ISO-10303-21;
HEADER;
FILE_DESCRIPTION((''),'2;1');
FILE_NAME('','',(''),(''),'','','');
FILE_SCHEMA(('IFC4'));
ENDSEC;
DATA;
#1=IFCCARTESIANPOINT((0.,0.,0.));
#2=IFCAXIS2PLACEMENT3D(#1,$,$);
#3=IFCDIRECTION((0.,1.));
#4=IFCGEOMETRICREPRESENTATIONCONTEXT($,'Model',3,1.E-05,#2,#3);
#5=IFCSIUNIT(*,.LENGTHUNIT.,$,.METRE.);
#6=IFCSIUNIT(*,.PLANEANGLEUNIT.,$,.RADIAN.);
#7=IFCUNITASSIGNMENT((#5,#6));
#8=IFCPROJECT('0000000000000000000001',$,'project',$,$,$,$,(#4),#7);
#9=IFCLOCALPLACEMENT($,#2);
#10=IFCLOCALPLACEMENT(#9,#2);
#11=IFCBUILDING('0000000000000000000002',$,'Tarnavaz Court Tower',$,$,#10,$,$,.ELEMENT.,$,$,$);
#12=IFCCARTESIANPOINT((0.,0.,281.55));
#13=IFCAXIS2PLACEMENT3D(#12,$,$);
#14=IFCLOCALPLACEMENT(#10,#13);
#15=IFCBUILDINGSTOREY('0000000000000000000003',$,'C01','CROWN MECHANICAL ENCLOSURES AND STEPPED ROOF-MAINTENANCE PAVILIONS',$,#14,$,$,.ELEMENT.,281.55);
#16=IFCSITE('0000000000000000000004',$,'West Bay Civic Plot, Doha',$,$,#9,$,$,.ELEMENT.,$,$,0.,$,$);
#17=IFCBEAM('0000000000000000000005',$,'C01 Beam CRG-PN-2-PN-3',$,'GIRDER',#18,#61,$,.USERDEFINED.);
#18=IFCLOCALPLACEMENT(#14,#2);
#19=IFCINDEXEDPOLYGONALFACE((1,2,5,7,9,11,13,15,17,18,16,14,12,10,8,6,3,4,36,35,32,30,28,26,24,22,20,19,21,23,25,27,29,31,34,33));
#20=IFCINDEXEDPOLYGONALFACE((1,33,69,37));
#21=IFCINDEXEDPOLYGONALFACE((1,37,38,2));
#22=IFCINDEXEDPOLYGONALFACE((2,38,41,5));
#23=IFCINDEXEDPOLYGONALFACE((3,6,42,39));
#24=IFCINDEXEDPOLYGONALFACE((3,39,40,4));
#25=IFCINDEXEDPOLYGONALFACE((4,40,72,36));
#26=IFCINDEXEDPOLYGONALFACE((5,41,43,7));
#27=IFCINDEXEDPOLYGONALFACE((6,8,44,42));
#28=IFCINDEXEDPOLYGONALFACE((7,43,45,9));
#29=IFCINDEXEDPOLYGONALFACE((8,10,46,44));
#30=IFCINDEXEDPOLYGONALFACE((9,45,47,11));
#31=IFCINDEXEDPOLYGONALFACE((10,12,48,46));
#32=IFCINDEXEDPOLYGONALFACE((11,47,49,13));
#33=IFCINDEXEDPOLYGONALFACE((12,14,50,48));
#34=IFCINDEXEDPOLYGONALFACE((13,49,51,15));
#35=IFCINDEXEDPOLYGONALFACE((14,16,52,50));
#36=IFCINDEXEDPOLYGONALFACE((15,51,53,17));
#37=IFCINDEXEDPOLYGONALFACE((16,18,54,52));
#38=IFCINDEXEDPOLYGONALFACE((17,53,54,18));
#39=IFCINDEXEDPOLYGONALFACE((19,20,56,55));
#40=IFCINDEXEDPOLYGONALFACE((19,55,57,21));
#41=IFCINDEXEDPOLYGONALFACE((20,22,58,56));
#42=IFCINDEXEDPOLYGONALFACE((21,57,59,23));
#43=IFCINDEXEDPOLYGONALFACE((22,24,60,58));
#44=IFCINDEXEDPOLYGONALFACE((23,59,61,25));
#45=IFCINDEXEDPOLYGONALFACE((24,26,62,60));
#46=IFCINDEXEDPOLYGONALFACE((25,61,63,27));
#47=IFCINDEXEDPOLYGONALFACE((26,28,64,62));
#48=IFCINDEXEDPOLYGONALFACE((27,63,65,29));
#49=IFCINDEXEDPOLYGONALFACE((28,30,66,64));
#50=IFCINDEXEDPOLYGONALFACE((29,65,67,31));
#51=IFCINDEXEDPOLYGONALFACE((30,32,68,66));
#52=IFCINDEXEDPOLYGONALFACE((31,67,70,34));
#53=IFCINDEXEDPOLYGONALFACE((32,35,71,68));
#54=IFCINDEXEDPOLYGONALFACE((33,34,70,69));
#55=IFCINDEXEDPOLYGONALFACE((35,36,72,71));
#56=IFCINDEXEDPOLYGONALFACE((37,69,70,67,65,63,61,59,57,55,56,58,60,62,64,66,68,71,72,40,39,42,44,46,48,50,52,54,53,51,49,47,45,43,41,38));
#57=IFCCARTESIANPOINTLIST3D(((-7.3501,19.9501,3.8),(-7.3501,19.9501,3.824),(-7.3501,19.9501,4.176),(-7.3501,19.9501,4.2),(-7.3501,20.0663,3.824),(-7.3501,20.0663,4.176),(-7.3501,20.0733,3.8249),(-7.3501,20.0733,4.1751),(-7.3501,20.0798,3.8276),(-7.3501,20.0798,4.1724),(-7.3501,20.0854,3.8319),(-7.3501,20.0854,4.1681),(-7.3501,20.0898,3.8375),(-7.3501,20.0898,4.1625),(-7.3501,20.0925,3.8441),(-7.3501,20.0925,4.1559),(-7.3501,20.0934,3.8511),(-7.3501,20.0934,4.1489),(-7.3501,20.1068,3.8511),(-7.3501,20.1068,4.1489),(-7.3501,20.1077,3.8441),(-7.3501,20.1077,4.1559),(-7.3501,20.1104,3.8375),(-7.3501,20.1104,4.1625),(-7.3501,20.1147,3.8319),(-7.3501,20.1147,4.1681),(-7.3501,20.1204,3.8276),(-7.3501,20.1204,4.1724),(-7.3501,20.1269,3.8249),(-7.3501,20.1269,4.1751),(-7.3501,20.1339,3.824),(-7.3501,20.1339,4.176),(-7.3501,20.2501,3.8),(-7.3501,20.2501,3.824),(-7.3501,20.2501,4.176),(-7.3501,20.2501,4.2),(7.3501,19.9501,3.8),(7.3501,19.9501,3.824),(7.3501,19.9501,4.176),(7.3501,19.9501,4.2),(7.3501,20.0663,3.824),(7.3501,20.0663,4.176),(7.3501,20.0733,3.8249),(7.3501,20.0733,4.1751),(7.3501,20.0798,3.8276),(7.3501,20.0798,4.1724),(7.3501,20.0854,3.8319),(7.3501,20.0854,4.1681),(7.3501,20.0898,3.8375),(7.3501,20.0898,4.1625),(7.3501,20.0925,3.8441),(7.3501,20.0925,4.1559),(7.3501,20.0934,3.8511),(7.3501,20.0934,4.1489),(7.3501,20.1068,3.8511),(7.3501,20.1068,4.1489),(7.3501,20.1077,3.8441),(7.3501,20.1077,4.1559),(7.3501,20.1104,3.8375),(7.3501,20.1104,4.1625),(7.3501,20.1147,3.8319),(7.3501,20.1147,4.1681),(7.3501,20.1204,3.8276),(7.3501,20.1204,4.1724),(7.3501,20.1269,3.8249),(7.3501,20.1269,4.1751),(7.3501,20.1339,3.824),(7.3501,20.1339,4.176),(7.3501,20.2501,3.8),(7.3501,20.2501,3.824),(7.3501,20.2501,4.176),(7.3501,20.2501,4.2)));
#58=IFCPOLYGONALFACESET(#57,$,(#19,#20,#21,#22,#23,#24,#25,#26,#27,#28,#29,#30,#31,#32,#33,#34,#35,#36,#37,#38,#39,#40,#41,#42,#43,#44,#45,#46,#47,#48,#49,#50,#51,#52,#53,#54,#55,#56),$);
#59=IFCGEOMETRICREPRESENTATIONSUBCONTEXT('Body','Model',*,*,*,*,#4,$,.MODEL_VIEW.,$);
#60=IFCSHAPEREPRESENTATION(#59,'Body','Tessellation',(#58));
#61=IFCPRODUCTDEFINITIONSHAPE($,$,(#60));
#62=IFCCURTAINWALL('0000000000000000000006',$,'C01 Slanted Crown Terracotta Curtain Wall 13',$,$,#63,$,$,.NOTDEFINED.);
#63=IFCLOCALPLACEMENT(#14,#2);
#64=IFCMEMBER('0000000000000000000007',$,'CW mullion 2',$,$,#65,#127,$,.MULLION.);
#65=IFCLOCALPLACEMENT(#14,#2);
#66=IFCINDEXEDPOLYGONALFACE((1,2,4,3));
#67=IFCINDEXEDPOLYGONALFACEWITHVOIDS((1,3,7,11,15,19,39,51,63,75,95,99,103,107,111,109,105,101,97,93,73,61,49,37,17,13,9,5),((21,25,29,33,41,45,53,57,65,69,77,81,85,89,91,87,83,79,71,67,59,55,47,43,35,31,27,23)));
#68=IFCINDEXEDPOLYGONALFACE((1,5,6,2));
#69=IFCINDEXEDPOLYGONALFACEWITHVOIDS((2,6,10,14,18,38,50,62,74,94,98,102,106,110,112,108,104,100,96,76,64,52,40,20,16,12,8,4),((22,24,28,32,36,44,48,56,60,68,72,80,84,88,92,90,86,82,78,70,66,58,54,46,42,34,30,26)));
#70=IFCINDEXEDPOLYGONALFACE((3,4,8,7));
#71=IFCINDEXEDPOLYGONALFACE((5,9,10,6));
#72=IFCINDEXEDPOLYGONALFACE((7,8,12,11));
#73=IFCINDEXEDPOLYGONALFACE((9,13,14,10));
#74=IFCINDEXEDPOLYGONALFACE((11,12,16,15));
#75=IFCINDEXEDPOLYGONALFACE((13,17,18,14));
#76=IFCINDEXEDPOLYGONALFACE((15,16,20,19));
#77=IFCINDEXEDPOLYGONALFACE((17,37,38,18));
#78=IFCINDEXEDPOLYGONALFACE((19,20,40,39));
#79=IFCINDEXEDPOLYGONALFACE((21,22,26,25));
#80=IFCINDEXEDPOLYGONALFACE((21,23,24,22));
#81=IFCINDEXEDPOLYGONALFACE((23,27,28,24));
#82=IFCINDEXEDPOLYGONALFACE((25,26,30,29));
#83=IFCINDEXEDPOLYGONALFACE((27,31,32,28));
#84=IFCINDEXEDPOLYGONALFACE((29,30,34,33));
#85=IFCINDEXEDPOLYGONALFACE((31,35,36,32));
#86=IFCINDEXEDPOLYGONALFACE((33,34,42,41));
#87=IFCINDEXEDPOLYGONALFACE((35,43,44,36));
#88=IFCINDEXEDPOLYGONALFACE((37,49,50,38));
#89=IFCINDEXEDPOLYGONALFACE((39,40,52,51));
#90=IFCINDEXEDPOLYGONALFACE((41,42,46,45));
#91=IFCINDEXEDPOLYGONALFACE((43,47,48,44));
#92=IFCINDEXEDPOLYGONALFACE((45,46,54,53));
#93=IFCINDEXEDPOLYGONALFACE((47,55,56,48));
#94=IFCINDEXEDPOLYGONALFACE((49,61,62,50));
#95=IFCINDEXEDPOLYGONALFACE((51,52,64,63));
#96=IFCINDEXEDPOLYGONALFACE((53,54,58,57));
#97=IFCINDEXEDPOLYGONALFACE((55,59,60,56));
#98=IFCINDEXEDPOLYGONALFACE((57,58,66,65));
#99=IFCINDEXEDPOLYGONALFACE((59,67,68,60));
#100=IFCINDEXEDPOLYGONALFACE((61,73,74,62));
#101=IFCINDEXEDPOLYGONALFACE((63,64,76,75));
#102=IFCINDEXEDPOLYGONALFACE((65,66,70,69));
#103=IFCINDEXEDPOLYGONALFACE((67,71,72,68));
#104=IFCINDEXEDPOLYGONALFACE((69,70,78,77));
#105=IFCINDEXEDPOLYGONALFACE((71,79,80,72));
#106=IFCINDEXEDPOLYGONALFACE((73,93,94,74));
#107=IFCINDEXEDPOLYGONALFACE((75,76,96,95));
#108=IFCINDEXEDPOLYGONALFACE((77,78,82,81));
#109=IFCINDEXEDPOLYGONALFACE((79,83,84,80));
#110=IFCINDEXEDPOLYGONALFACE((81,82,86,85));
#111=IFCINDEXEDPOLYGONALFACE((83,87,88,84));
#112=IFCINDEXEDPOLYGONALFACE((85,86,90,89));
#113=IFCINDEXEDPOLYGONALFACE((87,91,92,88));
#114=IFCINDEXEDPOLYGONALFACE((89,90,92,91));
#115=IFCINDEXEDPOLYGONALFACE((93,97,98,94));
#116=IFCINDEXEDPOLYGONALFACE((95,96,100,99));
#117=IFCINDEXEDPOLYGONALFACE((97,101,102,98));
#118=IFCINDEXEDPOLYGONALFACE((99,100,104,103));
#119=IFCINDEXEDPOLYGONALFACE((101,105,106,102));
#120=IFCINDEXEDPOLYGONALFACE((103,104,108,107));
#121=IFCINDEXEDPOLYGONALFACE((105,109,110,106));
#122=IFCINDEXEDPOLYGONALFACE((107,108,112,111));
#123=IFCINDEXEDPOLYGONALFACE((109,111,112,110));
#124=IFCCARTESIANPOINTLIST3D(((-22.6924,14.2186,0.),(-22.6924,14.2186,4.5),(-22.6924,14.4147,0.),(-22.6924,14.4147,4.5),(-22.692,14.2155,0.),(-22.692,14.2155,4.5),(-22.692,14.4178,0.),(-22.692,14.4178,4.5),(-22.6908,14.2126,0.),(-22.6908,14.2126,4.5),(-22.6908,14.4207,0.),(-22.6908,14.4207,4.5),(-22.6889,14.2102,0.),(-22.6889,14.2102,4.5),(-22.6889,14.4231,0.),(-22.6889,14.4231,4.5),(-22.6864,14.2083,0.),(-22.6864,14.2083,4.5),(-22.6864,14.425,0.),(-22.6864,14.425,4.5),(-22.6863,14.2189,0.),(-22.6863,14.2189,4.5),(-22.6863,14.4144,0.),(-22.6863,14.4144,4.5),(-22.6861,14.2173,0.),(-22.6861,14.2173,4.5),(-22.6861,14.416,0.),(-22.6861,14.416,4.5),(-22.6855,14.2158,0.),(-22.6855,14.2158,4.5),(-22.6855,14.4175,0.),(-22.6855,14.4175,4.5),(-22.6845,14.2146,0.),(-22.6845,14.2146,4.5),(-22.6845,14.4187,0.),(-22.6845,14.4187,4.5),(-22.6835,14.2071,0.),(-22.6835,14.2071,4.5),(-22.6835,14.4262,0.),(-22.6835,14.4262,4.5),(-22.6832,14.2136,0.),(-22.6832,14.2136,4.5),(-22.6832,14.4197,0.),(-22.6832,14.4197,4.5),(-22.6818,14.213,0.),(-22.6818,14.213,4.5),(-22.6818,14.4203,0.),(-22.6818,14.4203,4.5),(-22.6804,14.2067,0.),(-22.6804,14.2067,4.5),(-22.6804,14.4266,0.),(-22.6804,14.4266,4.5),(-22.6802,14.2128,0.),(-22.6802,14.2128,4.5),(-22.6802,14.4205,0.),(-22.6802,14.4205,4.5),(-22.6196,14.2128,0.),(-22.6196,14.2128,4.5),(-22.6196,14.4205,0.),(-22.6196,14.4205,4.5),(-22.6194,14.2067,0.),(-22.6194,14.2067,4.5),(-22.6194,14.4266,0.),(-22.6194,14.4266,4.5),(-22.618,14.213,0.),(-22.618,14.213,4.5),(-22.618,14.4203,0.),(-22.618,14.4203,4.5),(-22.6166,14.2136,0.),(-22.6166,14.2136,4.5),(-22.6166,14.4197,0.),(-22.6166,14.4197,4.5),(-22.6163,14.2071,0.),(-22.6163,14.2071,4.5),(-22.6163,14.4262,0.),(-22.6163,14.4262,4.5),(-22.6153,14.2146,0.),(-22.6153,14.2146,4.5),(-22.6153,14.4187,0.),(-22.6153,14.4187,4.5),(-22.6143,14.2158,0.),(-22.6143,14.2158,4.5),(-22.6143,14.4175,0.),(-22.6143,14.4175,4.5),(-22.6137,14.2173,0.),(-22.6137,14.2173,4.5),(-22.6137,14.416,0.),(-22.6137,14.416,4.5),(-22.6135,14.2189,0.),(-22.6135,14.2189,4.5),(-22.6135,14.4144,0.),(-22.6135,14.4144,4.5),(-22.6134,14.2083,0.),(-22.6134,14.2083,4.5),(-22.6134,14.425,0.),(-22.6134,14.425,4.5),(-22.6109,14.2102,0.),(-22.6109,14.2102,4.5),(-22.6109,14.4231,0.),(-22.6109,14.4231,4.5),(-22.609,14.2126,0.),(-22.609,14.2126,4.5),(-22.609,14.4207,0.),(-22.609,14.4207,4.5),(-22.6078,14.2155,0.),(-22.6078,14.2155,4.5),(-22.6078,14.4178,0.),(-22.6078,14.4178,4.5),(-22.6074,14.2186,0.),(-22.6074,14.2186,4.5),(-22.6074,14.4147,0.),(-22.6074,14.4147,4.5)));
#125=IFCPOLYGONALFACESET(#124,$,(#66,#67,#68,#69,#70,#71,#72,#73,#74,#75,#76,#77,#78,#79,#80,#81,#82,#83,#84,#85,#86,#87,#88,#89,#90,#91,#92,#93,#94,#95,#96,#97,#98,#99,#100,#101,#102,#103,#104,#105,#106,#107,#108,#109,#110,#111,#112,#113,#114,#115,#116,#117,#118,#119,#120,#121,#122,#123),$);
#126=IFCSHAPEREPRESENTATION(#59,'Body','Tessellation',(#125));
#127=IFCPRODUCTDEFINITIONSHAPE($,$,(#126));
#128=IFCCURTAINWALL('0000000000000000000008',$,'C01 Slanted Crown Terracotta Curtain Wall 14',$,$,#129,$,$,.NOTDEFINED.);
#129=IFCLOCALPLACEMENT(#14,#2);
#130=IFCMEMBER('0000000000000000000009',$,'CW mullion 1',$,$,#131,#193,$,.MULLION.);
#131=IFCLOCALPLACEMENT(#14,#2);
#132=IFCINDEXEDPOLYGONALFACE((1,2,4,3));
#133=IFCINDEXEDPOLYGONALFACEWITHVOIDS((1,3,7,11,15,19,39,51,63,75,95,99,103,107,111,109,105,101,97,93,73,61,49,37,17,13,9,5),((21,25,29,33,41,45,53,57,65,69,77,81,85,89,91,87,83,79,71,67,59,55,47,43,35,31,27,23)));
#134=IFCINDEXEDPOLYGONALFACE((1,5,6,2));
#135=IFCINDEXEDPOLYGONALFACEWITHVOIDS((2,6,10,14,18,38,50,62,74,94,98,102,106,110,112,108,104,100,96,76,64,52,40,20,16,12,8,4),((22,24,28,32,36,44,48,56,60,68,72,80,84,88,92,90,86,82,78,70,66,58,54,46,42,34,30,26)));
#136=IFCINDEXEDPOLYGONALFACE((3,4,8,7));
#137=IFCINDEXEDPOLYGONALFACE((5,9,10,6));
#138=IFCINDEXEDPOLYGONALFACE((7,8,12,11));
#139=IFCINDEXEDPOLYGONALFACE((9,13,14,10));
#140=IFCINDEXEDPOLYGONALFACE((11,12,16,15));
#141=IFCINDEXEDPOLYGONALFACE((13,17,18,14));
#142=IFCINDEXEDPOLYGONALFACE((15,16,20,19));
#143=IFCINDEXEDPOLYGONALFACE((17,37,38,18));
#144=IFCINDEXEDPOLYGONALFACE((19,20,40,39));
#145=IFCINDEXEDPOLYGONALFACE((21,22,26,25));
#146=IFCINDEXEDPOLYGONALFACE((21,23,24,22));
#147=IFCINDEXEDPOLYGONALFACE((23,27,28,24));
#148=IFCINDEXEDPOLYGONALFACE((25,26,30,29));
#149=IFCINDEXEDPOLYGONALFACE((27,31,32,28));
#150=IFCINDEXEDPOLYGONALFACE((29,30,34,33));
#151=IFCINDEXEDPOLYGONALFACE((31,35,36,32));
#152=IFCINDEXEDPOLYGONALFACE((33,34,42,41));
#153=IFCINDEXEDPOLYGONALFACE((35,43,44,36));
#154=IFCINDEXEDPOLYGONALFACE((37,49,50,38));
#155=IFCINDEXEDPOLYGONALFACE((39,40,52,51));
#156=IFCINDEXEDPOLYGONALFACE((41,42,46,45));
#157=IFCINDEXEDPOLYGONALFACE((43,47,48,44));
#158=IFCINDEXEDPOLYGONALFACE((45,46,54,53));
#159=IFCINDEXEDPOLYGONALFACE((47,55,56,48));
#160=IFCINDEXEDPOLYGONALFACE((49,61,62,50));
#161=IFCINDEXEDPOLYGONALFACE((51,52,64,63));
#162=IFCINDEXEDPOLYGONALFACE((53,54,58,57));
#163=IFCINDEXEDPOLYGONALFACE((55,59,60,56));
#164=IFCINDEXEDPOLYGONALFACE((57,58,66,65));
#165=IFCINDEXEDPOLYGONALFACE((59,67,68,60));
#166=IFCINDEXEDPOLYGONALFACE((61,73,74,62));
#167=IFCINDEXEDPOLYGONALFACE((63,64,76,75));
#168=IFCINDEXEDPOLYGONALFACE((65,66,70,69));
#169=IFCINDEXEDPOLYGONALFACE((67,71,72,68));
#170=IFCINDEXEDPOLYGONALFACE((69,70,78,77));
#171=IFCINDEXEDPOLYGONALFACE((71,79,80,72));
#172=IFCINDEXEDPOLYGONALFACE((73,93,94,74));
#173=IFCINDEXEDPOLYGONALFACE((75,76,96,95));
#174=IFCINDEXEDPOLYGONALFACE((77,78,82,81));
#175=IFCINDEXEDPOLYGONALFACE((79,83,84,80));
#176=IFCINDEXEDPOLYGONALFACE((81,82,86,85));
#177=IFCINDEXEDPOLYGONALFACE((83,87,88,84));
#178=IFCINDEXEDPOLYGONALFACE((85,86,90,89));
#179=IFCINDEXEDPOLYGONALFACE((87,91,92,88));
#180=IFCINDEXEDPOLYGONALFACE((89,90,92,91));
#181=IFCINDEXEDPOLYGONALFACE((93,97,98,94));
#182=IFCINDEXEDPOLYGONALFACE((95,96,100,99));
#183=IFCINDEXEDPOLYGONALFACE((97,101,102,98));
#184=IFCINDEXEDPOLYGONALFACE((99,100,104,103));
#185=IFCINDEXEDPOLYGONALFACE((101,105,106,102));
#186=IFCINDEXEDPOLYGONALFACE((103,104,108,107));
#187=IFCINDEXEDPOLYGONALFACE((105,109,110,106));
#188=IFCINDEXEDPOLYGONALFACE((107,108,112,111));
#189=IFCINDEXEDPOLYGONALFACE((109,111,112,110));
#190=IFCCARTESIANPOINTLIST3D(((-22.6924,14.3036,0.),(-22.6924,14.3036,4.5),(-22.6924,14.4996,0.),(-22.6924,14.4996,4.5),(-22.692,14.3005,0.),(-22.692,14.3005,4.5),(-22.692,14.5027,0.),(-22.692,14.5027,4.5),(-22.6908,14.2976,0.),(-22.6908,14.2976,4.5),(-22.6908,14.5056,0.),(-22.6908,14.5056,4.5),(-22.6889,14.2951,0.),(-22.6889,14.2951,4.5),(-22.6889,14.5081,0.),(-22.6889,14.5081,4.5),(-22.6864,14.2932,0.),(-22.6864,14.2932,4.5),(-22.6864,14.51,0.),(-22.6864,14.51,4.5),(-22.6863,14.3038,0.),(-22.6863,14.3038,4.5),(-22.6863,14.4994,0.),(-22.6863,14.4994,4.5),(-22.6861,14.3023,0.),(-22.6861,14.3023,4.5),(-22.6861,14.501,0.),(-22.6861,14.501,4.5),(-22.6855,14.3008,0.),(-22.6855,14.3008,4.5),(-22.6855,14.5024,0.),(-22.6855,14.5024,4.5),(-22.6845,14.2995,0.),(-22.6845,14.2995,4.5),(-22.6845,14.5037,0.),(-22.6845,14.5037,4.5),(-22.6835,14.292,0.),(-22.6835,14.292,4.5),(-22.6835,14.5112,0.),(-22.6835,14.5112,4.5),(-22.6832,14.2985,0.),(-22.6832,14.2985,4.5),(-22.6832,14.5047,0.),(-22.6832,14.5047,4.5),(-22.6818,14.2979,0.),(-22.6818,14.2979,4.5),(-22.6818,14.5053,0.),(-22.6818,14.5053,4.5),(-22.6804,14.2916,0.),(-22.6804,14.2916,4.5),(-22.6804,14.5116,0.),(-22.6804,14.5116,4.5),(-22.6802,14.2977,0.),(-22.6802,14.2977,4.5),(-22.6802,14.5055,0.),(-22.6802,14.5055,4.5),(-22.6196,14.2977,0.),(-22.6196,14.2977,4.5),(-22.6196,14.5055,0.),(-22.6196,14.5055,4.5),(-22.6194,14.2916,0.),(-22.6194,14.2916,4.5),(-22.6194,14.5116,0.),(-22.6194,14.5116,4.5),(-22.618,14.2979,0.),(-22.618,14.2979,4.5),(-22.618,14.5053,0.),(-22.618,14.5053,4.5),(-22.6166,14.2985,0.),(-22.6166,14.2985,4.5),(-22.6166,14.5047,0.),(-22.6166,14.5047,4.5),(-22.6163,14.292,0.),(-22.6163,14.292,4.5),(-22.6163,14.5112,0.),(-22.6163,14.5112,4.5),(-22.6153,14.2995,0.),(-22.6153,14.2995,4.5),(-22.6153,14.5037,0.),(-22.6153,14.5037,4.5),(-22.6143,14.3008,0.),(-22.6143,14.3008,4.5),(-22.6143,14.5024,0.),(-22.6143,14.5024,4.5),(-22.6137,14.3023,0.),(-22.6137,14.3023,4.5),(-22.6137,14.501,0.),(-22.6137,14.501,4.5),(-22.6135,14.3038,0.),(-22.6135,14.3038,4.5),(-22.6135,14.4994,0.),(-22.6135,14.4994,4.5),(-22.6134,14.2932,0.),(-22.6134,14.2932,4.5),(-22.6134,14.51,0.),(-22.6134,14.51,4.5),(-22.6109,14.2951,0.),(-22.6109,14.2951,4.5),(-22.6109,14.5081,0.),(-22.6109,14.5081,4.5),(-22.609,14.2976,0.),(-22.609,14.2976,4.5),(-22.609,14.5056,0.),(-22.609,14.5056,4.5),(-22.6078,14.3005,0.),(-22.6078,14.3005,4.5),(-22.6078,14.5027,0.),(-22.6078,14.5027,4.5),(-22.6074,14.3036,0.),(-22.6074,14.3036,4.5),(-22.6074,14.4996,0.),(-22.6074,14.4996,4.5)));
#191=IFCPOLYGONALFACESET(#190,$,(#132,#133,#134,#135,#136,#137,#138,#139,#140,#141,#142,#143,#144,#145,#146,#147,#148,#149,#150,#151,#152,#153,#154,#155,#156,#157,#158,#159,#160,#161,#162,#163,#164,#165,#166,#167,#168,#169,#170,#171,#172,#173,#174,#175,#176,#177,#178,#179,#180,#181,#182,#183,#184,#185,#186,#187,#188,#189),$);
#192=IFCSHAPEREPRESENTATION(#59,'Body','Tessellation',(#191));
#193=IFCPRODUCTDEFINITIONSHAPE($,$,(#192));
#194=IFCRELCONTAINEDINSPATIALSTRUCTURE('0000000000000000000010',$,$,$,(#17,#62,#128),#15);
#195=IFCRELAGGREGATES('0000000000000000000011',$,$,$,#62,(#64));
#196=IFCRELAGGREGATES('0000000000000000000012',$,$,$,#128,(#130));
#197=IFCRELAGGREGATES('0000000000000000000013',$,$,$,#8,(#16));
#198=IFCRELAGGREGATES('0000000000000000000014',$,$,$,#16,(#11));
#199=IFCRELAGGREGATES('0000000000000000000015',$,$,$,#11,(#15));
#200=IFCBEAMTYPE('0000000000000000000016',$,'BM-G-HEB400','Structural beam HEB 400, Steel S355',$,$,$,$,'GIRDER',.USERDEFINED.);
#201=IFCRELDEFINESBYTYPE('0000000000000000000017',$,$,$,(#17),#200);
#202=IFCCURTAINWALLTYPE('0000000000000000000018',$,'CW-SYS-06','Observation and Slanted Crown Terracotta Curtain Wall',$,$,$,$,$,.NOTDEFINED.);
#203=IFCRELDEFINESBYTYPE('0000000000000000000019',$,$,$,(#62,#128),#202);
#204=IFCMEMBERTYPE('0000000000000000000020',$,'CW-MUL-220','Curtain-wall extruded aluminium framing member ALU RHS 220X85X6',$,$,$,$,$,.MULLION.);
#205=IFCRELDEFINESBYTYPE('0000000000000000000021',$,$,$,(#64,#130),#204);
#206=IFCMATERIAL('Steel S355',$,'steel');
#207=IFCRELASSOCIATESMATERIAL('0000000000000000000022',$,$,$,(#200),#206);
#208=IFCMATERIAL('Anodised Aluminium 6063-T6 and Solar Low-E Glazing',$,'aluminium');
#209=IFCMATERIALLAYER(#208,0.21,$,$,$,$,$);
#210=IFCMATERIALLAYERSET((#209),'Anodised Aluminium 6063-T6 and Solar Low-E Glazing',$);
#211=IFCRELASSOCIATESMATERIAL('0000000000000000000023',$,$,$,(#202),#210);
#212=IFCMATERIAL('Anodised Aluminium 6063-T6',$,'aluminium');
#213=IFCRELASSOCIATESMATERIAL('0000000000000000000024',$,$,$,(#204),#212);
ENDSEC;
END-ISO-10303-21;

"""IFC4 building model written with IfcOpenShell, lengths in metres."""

from ifc_helpers import new_model, si_unit, direction, frame, origin, origin_2d, place, context, subcontext, project, spatial, hollow_rectangle, i_section, extrude, material, layer, layer_set, material_profile, profile_set, type_object, element, aggregate, save


model = new_model("IFC4")

# Units and contexts
model_context = context("Model", 3, precision=1e-05, world=origin(), true_north=direction((0.0, 1.0)))
body_context = subcontext(model_context, "Body", "Model", "MODEL_VIEW")
ifc_project = project(units=[si_unit("LENGTHUNIT", "METRE"), si_unit("PLANEANGLEUNIT", "RADIAN")], contexts=[model_context])

# Site, building, storey
site_placement = place(None, origin())
site = spatial("IfcSite", under=ifc_project, at=site_placement, Name="West Bay Civic Plot, Doha", CompositionType="ELEMENT", RefElevation=0.0)
building_placement = place(site_placement, origin())
building = spatial("IfcBuilding", under=site, at=building_placement, Name="Tarnavaz Court Tower", CompositionType="ELEMENT")
storey_placement = place(building_placement, frame((0.0, 0.0, 281.55)))
storey = spatial("IfcBuildingStorey", under=building, at=storey_placement, Name="C01", Description="CROWN MECHANICAL ENCLOSURES AND STEPPED ROOF-MAINTENANCE PAVILIONS", CompositionType="ELEMENT", Elevation=281.55)

# Shared definitions
ifc_material_1 = material(Name="Steel S355", Category="steel")

# Beam
ifc_material_profile_1 = material_profile(ifc_material_1, i_section(OverallWidth=0.3, OverallDepth=0.3999, WebThickness=0.0134, FlangeThickness=0.0239, FilletRadius=0.0271, at=origin_2d()), Name="HEB 400")
ifc_profile_set_1 = profile_set([ifc_material_profile_1], Name="Steel S355")
beam_type = type_object("IfcBeamType", Name="BM-G-HEB400", Description="Structural beam HEB 400, Steel S355", ElementType="GIRDER", PredefinedType="USERDEFINED", material=ifc_profile_set_1)
beam_1_placement = place(storey_placement, frame((-7.3501, 20.1001, 4.0), z_axis=(1.0, 0.0, 0.0), x_axis=(0.0, 1.0, 0.0)))
element("IfcBeam", 1, at=beam_1_placement, inside=storey, type_object=beam_type, Name="C01 Beam CRG-PN-2-PN-3", ObjectType="GIRDER", PredefinedType="USERDEFINED", context=body_context, shape_type="SweptSolid", body=[
    extrude(i_section(OverallWidth=0.3, OverallDepth=0.3999, WebThickness=0.0134, FlangeThickness=0.0239, FilletRadius=0.0271, at=origin_2d()), origin(), (0.0, 0.0, 1.0), 14.7002),
])

# Curtain wall, member
ifc_material_2 = material(Name="Anodised Aluminium 6063-T6 and Solar Low-E Glazing", Category="aluminium")
ifc_layer_1 = layer(ifc_material_2, 0.21)
ifc_layer_set_1 = layer_set([ifc_layer_1], Name="Anodised Aluminium 6063-T6 and Solar Low-E Glazing")
curtain_wall_type = type_object("IfcCurtainWallType", Name="CW-SYS-06", Description="Observation and Slanted Crown Terracotta Curtain Wall", PredefinedType="NOTDEFINED", material=ifc_layer_set_1)
curtain_wall_1_placement = place(storey_placement, origin())
curtain_wall_1 = element("IfcCurtainWall", 2, at=curtain_wall_1_placement, inside=storey, type_object=curtain_wall_type, Name="C01 Slanted Crown Terracotta Curtain Wall 13", PredefinedType="NOTDEFINED")
ifc_material_3 = material(Name="Anodised Aluminium 6063-T6", Category="aluminium")
ifc_material_profile_2 = material_profile(ifc_material_3, hollow_rectangle(XDim=0.085, YDim=0.22, WallThickness=0.0061, InnerFilletRadius=0.0061, OuterFilletRadius=0.012, at=origin_2d()), Name="ALU RHS 220X85X6")
ifc_profile_set_2 = profile_set([ifc_material_profile_2], Name="Anodised Aluminium 6063-T6")
member_type_1 = type_object("IfcMemberType", Name="CW-MUL-220", Description="Curtain-wall extruded aluminium framing member ALU RHS 220X85X6", PredefinedType="MULLION", material=ifc_profile_set_2)
member_1_placement = place(storey_placement, frame((-22.6499, 14.3167, 0.0), z_axis=(0.0, 0.0, 1.0), x_axis=(-1.0, 0.0, 0.0)))
member_1 = element("IfcMember", 3, at=member_1_placement, type_object=member_type_1, Name="CW mullion 2", PredefinedType="MULLION", context=body_context, shape_type="SweptSolid", body=[
    extrude(hollow_rectangle(XDim=0.085, YDim=0.22, WallThickness=0.0061, InnerFilletRadius=0.0061, OuterFilletRadius=0.012, at=origin_2d()), origin(), (0.0, 0.0, 1.0), 4.5),
])
aggregate(curtain_wall_1, [member_1])

# Curtain wall, member
curtain_wall_2_placement = place(storey_placement, origin())
curtain_wall_2 = element("IfcCurtainWall", 4, at=curtain_wall_2_placement, inside=storey, type_object=curtain_wall_type, Name="C01 Slanted Crown Terracotta Curtain Wall 14", PredefinedType="NOTDEFINED")
member_2_placement = place(storey_placement, frame((-22.6499, 14.4016, 0.0), z_axis=(0.0, 0.0, 1.0), x_axis=(-1.0, 0.0, 0.0)))
member_2 = element("IfcMember", 5, at=member_2_placement, type_object=member_type_1, Name="CW mullion 1", PredefinedType="MULLION", context=body_context, shape_type="SweptSolid", body=[
    extrude(hollow_rectangle(XDim=0.085, YDim=0.22, WallThickness=0.0061, InnerFilletRadius=0.0061, OuterFilletRadius=0.012, at=origin_2d()), origin(), (0.0, 0.0, 1.0), 4.5),
])

aggregate(curtain_wall_2, [member_2])

save(model, "model.ifc")
